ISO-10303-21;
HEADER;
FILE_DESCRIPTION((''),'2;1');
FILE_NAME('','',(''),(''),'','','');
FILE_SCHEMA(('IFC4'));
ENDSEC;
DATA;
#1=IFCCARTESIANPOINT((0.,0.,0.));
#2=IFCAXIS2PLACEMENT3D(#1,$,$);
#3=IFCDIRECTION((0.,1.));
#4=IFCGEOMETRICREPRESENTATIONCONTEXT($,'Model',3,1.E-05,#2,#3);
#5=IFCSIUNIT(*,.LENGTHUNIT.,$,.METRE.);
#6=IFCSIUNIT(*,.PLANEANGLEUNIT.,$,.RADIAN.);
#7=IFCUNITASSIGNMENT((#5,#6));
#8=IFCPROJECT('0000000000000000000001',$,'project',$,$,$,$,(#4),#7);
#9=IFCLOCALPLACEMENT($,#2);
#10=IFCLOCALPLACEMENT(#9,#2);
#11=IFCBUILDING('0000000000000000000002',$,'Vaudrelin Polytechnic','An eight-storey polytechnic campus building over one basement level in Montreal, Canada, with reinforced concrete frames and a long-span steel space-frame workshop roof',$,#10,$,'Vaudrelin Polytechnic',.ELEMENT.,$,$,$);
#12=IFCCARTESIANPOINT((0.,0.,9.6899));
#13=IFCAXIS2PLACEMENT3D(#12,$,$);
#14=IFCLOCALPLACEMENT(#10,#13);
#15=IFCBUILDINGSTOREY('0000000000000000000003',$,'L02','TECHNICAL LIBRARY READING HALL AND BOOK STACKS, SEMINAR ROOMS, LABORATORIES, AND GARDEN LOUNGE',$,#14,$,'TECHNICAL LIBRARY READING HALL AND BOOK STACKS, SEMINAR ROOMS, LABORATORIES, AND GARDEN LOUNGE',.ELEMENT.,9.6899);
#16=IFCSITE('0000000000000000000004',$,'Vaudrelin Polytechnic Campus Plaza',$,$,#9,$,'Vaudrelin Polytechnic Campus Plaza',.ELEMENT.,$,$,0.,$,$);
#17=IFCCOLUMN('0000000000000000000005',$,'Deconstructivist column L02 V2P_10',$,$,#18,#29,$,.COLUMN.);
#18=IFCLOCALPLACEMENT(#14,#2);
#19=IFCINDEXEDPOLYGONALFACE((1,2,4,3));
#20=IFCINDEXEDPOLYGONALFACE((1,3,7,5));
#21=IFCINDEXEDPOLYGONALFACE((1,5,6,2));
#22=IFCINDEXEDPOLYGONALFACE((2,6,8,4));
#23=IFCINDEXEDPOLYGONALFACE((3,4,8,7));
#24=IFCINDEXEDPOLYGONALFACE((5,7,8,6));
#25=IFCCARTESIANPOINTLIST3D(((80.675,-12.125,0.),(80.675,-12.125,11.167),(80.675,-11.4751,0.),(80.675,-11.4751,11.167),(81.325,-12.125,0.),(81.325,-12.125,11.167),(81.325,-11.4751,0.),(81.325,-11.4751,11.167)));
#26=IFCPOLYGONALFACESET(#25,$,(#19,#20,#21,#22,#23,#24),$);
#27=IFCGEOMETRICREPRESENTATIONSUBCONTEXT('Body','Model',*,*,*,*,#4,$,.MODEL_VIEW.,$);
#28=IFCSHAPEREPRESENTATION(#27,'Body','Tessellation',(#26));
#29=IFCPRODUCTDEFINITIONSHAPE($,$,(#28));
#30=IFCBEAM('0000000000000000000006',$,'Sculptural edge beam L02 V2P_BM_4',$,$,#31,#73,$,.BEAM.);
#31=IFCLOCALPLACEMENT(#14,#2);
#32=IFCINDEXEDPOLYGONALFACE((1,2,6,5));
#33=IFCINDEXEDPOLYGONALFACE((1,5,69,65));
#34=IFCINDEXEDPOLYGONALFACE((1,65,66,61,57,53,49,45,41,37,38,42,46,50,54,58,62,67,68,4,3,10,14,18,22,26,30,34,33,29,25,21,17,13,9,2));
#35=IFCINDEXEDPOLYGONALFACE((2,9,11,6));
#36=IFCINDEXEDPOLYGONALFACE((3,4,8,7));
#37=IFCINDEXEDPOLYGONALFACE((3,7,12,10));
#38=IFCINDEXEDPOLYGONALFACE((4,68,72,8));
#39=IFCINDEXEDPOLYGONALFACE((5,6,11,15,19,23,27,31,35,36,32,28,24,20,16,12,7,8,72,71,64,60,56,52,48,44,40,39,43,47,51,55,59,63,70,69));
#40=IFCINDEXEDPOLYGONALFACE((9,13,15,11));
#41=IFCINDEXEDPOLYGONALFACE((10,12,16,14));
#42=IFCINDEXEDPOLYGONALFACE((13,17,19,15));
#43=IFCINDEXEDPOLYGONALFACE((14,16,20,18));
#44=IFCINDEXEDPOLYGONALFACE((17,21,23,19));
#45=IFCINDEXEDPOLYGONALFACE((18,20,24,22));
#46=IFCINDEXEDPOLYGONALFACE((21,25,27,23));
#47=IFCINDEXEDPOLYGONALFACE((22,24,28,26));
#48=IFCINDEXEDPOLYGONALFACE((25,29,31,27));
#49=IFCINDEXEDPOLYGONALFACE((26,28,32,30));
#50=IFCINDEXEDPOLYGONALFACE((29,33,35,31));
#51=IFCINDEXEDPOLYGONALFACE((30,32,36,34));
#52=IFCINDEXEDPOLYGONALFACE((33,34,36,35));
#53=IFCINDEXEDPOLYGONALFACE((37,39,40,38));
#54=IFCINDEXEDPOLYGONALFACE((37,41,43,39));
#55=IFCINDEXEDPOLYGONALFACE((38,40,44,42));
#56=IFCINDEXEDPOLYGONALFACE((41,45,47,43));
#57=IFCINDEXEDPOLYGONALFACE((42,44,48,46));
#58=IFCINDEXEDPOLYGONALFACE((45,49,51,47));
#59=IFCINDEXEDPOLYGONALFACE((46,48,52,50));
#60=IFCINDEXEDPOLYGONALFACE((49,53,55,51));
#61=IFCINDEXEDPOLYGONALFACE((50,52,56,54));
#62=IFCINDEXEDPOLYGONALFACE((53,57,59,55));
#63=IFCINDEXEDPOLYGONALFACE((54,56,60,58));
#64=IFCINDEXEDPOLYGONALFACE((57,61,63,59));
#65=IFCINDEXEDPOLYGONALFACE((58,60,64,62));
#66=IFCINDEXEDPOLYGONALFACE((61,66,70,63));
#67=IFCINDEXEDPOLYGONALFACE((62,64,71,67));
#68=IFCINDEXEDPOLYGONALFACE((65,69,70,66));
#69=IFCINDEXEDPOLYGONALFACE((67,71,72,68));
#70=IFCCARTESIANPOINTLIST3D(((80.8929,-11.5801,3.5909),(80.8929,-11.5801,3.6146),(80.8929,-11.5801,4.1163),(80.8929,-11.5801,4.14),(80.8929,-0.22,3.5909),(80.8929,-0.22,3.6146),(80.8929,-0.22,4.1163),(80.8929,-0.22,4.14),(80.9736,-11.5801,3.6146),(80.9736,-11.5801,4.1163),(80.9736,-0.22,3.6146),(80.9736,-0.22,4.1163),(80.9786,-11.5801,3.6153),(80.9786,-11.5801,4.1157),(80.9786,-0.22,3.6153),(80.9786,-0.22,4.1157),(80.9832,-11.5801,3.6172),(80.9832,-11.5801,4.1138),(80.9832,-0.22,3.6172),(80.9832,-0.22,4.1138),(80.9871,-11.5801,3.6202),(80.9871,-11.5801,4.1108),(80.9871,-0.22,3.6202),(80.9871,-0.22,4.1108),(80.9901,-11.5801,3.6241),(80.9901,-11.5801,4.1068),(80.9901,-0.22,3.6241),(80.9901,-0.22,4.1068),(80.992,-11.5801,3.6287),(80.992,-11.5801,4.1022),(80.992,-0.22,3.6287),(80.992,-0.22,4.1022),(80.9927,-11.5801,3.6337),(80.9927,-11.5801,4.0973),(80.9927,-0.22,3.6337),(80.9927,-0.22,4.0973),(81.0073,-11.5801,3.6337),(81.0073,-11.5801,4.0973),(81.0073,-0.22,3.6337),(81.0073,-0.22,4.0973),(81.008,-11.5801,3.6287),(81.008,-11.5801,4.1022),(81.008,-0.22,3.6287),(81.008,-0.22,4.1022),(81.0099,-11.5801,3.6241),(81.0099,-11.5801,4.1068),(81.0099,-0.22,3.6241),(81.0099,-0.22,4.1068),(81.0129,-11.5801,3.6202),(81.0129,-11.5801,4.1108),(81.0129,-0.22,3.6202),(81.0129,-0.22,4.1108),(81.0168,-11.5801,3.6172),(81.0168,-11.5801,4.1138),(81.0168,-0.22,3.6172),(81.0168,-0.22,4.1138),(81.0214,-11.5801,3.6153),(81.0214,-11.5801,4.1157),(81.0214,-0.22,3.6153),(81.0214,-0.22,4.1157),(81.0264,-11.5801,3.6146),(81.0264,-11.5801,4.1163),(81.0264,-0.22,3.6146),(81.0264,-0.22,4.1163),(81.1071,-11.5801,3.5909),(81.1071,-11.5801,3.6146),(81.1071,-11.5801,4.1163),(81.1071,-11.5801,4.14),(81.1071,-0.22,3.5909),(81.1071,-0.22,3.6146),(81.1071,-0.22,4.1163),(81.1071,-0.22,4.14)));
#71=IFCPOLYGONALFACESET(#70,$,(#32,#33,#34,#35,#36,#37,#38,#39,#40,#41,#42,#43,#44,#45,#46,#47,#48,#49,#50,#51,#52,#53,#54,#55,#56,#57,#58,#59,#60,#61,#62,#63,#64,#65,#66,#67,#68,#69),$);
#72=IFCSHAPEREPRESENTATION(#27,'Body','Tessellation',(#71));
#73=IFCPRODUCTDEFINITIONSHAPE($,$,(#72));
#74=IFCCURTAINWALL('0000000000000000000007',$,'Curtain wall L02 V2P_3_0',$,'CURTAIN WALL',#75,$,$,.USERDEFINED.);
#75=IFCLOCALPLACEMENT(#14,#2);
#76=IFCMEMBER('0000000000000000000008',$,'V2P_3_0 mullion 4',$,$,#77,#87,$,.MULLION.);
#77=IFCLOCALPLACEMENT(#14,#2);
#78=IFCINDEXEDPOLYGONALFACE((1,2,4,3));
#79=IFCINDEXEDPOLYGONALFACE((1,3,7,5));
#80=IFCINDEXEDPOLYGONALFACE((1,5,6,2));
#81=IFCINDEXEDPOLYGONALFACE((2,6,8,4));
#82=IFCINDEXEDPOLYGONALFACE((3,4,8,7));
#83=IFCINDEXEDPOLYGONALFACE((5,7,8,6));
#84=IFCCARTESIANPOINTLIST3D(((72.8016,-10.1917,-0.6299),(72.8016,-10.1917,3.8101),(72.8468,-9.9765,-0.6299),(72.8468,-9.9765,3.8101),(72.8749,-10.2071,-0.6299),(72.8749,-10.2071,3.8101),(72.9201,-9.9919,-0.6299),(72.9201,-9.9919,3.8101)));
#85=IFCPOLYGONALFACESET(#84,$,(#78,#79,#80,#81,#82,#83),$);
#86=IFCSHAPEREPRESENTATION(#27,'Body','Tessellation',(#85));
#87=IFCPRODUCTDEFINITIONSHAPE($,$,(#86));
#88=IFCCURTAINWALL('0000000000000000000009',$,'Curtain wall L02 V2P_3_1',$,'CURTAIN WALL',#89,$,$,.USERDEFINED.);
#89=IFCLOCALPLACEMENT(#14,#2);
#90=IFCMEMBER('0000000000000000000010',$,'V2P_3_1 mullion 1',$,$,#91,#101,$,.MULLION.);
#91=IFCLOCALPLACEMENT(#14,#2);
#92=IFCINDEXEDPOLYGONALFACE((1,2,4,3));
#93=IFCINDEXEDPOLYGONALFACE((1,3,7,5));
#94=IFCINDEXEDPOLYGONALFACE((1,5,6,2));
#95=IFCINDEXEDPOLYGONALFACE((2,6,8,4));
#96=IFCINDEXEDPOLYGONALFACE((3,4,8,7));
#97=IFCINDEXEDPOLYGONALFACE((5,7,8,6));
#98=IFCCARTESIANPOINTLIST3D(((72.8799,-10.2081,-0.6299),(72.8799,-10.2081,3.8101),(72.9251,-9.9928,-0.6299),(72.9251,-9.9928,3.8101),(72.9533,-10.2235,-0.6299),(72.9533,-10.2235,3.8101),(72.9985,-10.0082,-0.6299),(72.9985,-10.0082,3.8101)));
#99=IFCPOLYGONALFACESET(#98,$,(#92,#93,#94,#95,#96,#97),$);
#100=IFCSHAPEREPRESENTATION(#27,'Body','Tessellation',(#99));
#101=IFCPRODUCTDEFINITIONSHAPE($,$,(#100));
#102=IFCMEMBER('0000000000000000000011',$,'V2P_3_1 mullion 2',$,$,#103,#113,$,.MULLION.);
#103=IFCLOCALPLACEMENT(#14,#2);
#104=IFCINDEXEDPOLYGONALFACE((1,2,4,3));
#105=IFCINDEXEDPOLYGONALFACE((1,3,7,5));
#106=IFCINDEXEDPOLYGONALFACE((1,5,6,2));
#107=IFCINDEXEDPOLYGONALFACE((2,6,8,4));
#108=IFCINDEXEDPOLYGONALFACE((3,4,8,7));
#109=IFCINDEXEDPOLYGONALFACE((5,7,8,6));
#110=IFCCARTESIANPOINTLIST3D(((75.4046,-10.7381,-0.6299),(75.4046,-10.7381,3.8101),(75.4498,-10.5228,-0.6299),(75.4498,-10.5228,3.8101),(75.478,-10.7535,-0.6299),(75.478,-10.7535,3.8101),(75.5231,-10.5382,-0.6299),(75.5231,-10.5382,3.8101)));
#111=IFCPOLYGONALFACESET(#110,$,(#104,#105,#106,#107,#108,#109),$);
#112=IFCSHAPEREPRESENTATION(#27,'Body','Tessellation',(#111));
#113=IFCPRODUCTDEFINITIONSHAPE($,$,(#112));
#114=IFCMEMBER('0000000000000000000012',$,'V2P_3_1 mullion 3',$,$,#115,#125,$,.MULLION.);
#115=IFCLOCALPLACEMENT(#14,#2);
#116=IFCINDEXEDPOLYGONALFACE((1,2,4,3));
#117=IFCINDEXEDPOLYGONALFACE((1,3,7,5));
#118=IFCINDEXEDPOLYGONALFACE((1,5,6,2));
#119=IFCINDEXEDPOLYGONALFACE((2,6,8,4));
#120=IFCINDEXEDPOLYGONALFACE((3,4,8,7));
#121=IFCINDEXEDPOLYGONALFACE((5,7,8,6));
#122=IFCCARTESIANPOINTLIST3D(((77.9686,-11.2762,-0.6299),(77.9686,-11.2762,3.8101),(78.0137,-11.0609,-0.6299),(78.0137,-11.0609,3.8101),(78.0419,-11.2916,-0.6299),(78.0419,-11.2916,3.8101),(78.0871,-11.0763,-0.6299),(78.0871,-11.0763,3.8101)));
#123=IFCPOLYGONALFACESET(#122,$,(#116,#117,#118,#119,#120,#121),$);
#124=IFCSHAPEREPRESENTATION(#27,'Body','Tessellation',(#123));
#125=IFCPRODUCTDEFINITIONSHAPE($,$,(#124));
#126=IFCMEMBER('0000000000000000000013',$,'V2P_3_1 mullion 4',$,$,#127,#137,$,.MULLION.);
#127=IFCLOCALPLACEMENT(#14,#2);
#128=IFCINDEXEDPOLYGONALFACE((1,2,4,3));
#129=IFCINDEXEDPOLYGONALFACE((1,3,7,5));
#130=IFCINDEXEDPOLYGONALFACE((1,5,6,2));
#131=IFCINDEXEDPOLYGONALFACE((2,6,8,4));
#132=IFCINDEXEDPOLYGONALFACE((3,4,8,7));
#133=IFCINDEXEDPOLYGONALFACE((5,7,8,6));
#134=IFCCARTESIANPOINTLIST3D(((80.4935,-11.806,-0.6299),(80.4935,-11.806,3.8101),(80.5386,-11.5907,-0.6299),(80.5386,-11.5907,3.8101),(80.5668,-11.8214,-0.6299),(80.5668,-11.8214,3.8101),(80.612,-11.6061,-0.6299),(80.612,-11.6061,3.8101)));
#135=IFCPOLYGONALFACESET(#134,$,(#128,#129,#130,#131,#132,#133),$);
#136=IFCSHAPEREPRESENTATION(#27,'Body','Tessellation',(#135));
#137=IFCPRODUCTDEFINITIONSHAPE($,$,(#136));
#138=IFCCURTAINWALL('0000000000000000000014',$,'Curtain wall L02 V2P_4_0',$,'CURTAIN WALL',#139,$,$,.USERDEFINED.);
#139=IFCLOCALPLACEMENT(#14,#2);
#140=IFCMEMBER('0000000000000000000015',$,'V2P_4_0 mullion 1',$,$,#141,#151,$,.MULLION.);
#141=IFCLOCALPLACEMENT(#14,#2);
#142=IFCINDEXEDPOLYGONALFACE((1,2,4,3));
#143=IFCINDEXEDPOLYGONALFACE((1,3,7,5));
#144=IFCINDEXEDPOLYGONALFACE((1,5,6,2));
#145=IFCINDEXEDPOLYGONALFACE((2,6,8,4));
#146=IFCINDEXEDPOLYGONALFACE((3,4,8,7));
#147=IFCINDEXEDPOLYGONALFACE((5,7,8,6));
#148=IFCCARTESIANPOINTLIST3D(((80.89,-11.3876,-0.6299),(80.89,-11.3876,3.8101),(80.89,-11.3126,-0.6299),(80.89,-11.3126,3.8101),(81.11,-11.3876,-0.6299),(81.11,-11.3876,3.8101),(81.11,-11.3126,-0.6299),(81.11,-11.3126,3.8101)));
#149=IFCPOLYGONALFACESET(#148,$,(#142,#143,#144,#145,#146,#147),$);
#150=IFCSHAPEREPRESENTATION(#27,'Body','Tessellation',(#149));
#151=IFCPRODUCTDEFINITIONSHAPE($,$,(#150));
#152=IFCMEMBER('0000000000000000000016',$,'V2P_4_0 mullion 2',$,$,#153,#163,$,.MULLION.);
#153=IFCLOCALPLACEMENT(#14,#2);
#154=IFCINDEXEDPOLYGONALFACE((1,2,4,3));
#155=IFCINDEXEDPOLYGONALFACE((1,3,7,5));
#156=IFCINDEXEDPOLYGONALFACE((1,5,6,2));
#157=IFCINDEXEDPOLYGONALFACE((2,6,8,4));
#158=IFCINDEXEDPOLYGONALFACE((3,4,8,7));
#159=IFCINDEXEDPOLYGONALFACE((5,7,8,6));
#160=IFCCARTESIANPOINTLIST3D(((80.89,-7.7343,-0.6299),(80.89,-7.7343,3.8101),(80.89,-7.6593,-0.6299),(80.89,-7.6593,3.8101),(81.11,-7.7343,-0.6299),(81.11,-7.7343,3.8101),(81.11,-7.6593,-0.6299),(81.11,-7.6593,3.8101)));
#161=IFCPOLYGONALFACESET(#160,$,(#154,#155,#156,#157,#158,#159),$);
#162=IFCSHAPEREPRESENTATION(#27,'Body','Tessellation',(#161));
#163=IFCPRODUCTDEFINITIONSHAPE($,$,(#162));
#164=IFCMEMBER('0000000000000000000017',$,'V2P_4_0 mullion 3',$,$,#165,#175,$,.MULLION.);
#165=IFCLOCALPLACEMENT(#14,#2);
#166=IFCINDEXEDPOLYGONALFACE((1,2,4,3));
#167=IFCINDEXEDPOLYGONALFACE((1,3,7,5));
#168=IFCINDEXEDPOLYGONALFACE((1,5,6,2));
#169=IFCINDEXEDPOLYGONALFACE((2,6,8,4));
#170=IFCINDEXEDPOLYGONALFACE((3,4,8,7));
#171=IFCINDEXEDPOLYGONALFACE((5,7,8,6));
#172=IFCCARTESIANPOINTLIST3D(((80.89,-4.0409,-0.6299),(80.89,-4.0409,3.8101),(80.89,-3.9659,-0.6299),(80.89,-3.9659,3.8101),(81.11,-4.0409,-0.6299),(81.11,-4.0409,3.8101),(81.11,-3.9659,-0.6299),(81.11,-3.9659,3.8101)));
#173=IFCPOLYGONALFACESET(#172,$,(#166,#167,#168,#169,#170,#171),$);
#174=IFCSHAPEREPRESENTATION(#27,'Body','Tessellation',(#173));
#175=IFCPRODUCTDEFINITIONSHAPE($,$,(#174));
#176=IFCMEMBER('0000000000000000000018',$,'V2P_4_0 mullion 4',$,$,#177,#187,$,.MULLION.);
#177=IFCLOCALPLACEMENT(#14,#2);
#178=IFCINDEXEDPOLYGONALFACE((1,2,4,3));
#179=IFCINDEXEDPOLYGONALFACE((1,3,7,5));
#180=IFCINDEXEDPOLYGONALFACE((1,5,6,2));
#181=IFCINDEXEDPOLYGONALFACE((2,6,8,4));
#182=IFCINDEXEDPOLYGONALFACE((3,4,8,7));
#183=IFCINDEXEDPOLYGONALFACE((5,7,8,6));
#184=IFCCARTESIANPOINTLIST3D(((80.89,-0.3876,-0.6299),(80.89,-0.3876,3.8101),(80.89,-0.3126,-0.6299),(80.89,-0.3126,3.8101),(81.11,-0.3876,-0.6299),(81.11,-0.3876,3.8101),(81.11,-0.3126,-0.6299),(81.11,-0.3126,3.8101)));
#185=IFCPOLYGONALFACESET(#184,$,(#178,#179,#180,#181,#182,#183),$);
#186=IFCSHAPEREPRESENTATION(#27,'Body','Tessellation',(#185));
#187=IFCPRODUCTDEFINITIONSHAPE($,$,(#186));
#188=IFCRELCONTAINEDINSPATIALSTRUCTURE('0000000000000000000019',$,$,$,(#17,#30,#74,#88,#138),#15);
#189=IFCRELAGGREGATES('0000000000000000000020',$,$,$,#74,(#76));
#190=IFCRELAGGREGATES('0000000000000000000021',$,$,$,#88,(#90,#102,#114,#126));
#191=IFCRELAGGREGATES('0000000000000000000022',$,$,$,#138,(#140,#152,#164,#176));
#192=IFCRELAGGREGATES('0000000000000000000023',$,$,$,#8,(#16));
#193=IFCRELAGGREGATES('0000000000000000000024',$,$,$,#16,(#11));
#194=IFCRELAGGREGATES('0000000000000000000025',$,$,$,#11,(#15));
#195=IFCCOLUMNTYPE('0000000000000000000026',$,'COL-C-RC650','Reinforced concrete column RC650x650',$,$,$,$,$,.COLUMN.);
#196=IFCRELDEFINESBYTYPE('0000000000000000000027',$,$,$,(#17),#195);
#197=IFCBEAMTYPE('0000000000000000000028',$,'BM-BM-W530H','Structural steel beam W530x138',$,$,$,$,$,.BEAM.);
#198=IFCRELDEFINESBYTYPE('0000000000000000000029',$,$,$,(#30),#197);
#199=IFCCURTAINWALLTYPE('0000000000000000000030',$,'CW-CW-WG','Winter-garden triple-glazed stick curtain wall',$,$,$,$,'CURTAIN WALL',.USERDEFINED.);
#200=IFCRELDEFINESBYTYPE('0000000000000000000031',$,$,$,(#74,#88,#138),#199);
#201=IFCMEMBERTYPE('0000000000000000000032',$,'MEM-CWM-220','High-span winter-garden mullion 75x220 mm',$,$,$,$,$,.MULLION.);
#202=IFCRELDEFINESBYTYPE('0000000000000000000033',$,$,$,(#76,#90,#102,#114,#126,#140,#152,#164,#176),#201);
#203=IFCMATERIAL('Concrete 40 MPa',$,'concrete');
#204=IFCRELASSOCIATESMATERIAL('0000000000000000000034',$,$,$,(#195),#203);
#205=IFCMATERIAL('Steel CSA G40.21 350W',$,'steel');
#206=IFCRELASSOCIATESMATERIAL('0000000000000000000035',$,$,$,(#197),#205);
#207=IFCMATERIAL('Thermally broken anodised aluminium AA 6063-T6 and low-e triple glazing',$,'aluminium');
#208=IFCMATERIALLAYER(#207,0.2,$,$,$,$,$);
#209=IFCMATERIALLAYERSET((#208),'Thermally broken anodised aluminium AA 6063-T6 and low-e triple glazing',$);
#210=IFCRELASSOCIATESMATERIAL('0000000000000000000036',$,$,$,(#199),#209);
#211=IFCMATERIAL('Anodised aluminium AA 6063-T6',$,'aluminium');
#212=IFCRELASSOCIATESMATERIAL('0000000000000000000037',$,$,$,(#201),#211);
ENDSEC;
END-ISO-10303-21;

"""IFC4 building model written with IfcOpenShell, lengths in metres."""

from ifc_helpers import new_model, si_unit, direction, frame, origin, origin_2d, place, context, subcontext, project, spatial, rectangle, i_section, extrude, material, layer, layer_set, material_profile, profile_set, type_object, element, aggregate, save


model = new_model("IFC4")

# Units and contexts
model_context = context("Model", 3, precision=1e-05, world=origin(), true_north=direction((0.0, 1.0)))
body_context = subcontext(model_context, "Body", "Model", "MODEL_VIEW")
ifc_project = project(units=[si_unit("LENGTHUNIT", "METRE"), si_unit("PLANEANGLEUNIT", "RADIAN")], contexts=[model_context])

# Site, building, storey
site_placement = place(None, origin())
site = spatial("IfcSite", under=ifc_project, at=site_placement, Name="Vaudrelin Polytechnic Campus Plaza", LongName="Vaudrelin Polytechnic Campus Plaza", CompositionType="ELEMENT", RefElevation=0.0)
building_placement = place(site_placement, origin())
building = spatial("IfcBuilding", under=site, at=building_placement, Name="Vaudrelin Polytechnic", Description="An eight-storey polytechnic campus building over one basement level in Montreal, Canada, with reinforced concrete frames and a long-span steel space-frame workshop roof", LongName="Vaudrelin Polytechnic", CompositionType="ELEMENT")
storey_placement = place(building_placement, frame((0.0, 0.0, 9.6899)))
storey = spatial("IfcBuildingStorey", under=building, at=storey_placement, Name="L02", Description="TECHNICAL LIBRARY READING HALL AND BOOK STACKS, SEMINAR ROOMS, LABORATORIES, AND GARDEN LOUNGE", LongName="TECHNICAL LIBRARY READING HALL AND BOOK STACKS, SEMINAR ROOMS, LABORATORIES, AND GARDEN LOUNGE", CompositionType="ELEMENT", Elevation=9.6899)

# Column
ifc_material_1 = material(Name="Concrete 40 MPa", Category="concrete")
ifc_material_profile_1 = material_profile(ifc_material_1, rectangle(XDim=0.6499, YDim=0.6499, at=origin_2d()), Name="RC650x650")
ifc_profile_set_1 = profile_set([ifc_material_profile_1], Name="Concrete 40 MPa")
column_type = type_object("IfcColumnType", Name="COL-C-RC650", Description="Reinforced concrete column RC650x650", PredefinedType="COLUMN", material=ifc_profile_set_1)
column_placement = place(storey_placement, frame((81.0, -11.8, 0.0), z_axis=(0.0, 0.0, 1.0), x_axis=(1.0, 0.0, 0.0)))
element("IfcColumn", 1, at=column_placement, inside=storey, type_object=column_type, Name="Deconstructivist column L02 V2P_10", PredefinedType="COLUMN", context=body_context, shape_type="SweptSolid", body=[
    extrude(rectangle(XDim=0.6499, YDim=0.6499, at=origin_2d()), origin(), (0.0, 0.0, 1.0), 11.167),
])

# Beam
ifc_material_2 = material(Name="Steel CSA G40.21 350W", Category="steel")
ifc_material_profile_2 = material_profile(ifc_material_2, i_section(OverallWidth=0.2141, OverallDepth=0.5491, WebThickness=0.0146, FlangeThickness=0.0237, FilletRadius=0.019, at=origin_2d()), Name="W530x138")
ifc_profile_set_2 = profile_set([ifc_material_profile_2], Name="Steel CSA G40.21 350W")
beam_type = type_object("IfcBeamType", Name="BM-BM-W530H", Description="Structural steel beam W530x138", PredefinedType="BEAM", material=ifc_profile_set_2)
beam_placement = place(storey_placement, frame((81.0, -11.5801, 3.8655), z_axis=(0.0, 1.0, 0.0), x_axis=(-1.0, 0.0, 0.0)))
element("IfcBeam", 2, at=beam_placement, inside=storey, type_object=beam_type, Name="Sculptural edge beam L02 V2P_BM_4", PredefinedType="BEAM", context=body_context, shape_type="SweptSolid", body=[
    extrude(i_section(OverallWidth=0.2141, OverallDepth=0.5491, WebThickness=0.0146, FlangeThickness=0.0237, FilletRadius=0.019, at=origin_2d()), origin(), (0.0, 0.0, 1.0), 11.3601),
])

# Curtain wall, member
ifc_material_3 = material(Name="Thermally broken anodised aluminium AA 6063-T6 and low-e triple glazing", Category="aluminium")
ifc_layer_1 = layer(ifc_material_3, 0.2)
ifc_layer_set_1 = layer_set([ifc_layer_1], Name="Thermally broken anodised aluminium AA 6063-T6 and low-e triple glazing")
curtain_wall_type = type_object("IfcCurtainWallType", Name="CW-CW-WG", Description="Winter-garden triple-glazed stick curtain wall", ElementType="CURTAIN WALL", PredefinedType="USERDEFINED", material=ifc_layer_set_1)
curtain_wall_1_placement = place(storey_placement, origin())
curtain_wall_1 = element("IfcCurtainWall", 3, at=curtain_wall_1_placement, inside=storey, type_object=curtain_wall_type, Name="Curtain wall L02 V2P_3_0", ObjectType="CURTAIN WALL", PredefinedType="USERDEFINED")
ifc_material_4 = material(Name="Anodised aluminium AA 6063-T6", Category="aluminium")
ifc_material_profile_3 = material_profile(ifc_material_4, rectangle(XDim=0.075, YDim=0.22, at=origin_2d()), Name="CWM-75x220")
ifc_profile_set_3 = profile_set([ifc_material_profile_3], Name="Anodised aluminium AA 6063-T6")
member_type_1 = type_object("IfcMemberType", Name="MEM-CWM-220", Description="High-span winter-garden mullion 75x220 mm", PredefinedType="MULLION", material=ifc_profile_set_3)
member_1_placement = place(storey_placement, frame((72.8608, -10.0918, -0.6299), z_axis=(0.0, 0.0, 1.0), x_axis=(0.978679, -0.205398, 0.0)))
member_1 = element("IfcMember", 4, at=member_1_placement, type_object=member_type_1, Name="V2P_3_0 mullion 4", PredefinedType="MULLION", context=body_context, shape_type="SweptSolid", body=[
    extrude(rectangle(XDim=0.075, YDim=0.22, at=origin_2d()), origin(), (0.0, 0.0, 1.0), 4.4399),
])

# Curtain walls, members
curtain_wall_2_placement = place(storey_placement, origin())
curtain_wall_2 = element("IfcCurtainWall", 5, at=curtain_wall_2_placement, inside=storey, type_object=curtain_wall_type, Name="Curtain wall L02 V2P_3_1", ObjectType="CURTAIN WALL", PredefinedType="USERDEFINED")
member_2_placement = place(storey_placement, frame((72.9392, -10.1082, -0.6299), z_axis=(0.0, 0.0, 1.0), x_axis=(0.978679, -0.205398, 0.0)))
member_2 = element("IfcMember", 6, at=member_2_placement, type_object=member_type_1, Name="V2P_3_1 mullion 1", PredefinedType="MULLION", context=body_context, shape_type="SweptSolid", body=[
    extrude(rectangle(XDim=0.075, YDim=0.22, at=origin_2d()), origin(), (0.0, 0.0, 1.0), 4.4399),
])
member_3_placement = place(storey_placement, frame((75.4639, -10.6382, -0.6299), z_axis=(0.0, 0.0, 1.0), x_axis=(0.978679, -0.205398, 0.0)))
member_3 = element("IfcMember", 7, at=member_3_placement, type_object=member_type_1, Name="V2P_3_1 mullion 2", PredefinedType="MULLION", context=body_context, shape_type="SweptSolid", body=[
    extrude(rectangle(XDim=0.075, YDim=0.22, at=origin_2d()), origin(), (0.0, 0.0, 1.0), 4.4399),
])
member_4_placement = place(storey_placement, frame((78.0278, -11.1763, -0.6299), z_axis=(0.0, 0.0, 1.0), x_axis=(0.978679, -0.205398, 0.0)))
member_4 = element("IfcMember", 8, at=member_4_placement, type_object=member_type_1, Name="V2P_3_1 mullion 3", PredefinedType="MULLION", context=body_context, shape_type="SweptSolid", body=[
    extrude(rectangle(XDim=0.075, YDim=0.22, at=origin_2d()), origin(), (0.0, 0.0, 1.0), 4.4399),
])
member_5_placement = place(storey_placement, frame((80.5527, -11.7061, -0.6299), z_axis=(0.0, 0.0, 1.0), x_axis=(0.978679, -0.205398, 0.0)))
member_5 = element("IfcMember", 9, at=member_5_placement, type_object=member_type_1, Name="V2P_3_1 mullion 4", PredefinedType="MULLION", context=body_context, shape_type="SweptSolid", body=[
    extrude(rectangle(XDim=0.075, YDim=0.22, at=origin_2d()), origin(), (0.0, 0.0, 1.0), 4.4399),
])
curtain_wall_3_placement = place(storey_placement, origin())
curtain_wall_3 = element("IfcCurtainWall", 10, at=curtain_wall_3_placement, inside=storey, type_object=curtain_wall_type, Name="Curtain wall L02 V2P_4_0", ObjectType="CURTAIN WALL", PredefinedType="USERDEFINED")
member_6_placement = place(storey_placement, frame((81.0, -11.3501, -0.6299), z_axis=(0.0, 0.0, 1.0), x_axis=(0.0, 1.0, 0.0)))
member_6 = element("IfcMember", 11, at=member_6_placement, type_object=member_type_1, Name="V2P_4_0 mullion 1", PredefinedType="MULLION", context=body_context, shape_type="SweptSolid", body=[
    extrude(rectangle(XDim=0.075, YDim=0.22, at=origin_2d()), origin(), (0.0, 0.0, 1.0), 4.4399),
])
member_7_placement = place(storey_placement, frame((81.0, -7.6968, -0.6299), z_axis=(0.0, 0.0, 1.0), x_axis=(0.0, 1.0, 0.0)))
member_7 = element("IfcMember", 12, at=member_7_placement, type_object=member_type_1, Name="V2P_4_0 mullion 2", PredefinedType="MULLION", context=body_context, shape_type="SweptSolid", body=[
    extrude(rectangle(XDim=0.075, YDim=0.22, at=origin_2d()), origin(), (0.0, 0.0, 1.0), 4.4399),
])
member_8_placement = place(storey_placement, frame((81.0, -4.0034, -0.6299), z_axis=(0.0, 0.0, 1.0), x_axis=(0.0, 1.0, 0.0)))
member_8 = element("IfcMember", 13, at=member_8_placement, type_object=member_type_1, Name="V2P_4_0 mullion 3", PredefinedType="MULLION", context=body_context, shape_type="SweptSolid", body=[
    extrude(rectangle(XDim=0.075, YDim=0.22, at=origin_2d()), origin(), (0.0, 0.0, 1.0), 4.4399),
])
member_9_placement = place(storey_placement, frame((81.0, -0.3501, -0.6299), z_axis=(0.0, 0.0, 1.0), x_axis=(0.0, 1.0, 0.0)))
member_9 = element("IfcMember", 14, at=member_9_placement, type_object=member_type_1, Name="V2P_4_0 mullion 4", PredefinedType="MULLION", context=body_context, shape_type="SweptSolid", body=[
    extrude(rectangle(XDim=0.075, YDim=0.22, at=origin_2d()), origin(), (0.0, 0.0, 1.0), 4.4399),
])

aggregate(curtain_wall_1, [member_1])
aggregate(curtain_wall_2, [member_2, member_3, member_4, member_5])
aggregate(curtain_wall_3, [member_6, member_7, member_8, member_9])

save(model, "model.ifc")
